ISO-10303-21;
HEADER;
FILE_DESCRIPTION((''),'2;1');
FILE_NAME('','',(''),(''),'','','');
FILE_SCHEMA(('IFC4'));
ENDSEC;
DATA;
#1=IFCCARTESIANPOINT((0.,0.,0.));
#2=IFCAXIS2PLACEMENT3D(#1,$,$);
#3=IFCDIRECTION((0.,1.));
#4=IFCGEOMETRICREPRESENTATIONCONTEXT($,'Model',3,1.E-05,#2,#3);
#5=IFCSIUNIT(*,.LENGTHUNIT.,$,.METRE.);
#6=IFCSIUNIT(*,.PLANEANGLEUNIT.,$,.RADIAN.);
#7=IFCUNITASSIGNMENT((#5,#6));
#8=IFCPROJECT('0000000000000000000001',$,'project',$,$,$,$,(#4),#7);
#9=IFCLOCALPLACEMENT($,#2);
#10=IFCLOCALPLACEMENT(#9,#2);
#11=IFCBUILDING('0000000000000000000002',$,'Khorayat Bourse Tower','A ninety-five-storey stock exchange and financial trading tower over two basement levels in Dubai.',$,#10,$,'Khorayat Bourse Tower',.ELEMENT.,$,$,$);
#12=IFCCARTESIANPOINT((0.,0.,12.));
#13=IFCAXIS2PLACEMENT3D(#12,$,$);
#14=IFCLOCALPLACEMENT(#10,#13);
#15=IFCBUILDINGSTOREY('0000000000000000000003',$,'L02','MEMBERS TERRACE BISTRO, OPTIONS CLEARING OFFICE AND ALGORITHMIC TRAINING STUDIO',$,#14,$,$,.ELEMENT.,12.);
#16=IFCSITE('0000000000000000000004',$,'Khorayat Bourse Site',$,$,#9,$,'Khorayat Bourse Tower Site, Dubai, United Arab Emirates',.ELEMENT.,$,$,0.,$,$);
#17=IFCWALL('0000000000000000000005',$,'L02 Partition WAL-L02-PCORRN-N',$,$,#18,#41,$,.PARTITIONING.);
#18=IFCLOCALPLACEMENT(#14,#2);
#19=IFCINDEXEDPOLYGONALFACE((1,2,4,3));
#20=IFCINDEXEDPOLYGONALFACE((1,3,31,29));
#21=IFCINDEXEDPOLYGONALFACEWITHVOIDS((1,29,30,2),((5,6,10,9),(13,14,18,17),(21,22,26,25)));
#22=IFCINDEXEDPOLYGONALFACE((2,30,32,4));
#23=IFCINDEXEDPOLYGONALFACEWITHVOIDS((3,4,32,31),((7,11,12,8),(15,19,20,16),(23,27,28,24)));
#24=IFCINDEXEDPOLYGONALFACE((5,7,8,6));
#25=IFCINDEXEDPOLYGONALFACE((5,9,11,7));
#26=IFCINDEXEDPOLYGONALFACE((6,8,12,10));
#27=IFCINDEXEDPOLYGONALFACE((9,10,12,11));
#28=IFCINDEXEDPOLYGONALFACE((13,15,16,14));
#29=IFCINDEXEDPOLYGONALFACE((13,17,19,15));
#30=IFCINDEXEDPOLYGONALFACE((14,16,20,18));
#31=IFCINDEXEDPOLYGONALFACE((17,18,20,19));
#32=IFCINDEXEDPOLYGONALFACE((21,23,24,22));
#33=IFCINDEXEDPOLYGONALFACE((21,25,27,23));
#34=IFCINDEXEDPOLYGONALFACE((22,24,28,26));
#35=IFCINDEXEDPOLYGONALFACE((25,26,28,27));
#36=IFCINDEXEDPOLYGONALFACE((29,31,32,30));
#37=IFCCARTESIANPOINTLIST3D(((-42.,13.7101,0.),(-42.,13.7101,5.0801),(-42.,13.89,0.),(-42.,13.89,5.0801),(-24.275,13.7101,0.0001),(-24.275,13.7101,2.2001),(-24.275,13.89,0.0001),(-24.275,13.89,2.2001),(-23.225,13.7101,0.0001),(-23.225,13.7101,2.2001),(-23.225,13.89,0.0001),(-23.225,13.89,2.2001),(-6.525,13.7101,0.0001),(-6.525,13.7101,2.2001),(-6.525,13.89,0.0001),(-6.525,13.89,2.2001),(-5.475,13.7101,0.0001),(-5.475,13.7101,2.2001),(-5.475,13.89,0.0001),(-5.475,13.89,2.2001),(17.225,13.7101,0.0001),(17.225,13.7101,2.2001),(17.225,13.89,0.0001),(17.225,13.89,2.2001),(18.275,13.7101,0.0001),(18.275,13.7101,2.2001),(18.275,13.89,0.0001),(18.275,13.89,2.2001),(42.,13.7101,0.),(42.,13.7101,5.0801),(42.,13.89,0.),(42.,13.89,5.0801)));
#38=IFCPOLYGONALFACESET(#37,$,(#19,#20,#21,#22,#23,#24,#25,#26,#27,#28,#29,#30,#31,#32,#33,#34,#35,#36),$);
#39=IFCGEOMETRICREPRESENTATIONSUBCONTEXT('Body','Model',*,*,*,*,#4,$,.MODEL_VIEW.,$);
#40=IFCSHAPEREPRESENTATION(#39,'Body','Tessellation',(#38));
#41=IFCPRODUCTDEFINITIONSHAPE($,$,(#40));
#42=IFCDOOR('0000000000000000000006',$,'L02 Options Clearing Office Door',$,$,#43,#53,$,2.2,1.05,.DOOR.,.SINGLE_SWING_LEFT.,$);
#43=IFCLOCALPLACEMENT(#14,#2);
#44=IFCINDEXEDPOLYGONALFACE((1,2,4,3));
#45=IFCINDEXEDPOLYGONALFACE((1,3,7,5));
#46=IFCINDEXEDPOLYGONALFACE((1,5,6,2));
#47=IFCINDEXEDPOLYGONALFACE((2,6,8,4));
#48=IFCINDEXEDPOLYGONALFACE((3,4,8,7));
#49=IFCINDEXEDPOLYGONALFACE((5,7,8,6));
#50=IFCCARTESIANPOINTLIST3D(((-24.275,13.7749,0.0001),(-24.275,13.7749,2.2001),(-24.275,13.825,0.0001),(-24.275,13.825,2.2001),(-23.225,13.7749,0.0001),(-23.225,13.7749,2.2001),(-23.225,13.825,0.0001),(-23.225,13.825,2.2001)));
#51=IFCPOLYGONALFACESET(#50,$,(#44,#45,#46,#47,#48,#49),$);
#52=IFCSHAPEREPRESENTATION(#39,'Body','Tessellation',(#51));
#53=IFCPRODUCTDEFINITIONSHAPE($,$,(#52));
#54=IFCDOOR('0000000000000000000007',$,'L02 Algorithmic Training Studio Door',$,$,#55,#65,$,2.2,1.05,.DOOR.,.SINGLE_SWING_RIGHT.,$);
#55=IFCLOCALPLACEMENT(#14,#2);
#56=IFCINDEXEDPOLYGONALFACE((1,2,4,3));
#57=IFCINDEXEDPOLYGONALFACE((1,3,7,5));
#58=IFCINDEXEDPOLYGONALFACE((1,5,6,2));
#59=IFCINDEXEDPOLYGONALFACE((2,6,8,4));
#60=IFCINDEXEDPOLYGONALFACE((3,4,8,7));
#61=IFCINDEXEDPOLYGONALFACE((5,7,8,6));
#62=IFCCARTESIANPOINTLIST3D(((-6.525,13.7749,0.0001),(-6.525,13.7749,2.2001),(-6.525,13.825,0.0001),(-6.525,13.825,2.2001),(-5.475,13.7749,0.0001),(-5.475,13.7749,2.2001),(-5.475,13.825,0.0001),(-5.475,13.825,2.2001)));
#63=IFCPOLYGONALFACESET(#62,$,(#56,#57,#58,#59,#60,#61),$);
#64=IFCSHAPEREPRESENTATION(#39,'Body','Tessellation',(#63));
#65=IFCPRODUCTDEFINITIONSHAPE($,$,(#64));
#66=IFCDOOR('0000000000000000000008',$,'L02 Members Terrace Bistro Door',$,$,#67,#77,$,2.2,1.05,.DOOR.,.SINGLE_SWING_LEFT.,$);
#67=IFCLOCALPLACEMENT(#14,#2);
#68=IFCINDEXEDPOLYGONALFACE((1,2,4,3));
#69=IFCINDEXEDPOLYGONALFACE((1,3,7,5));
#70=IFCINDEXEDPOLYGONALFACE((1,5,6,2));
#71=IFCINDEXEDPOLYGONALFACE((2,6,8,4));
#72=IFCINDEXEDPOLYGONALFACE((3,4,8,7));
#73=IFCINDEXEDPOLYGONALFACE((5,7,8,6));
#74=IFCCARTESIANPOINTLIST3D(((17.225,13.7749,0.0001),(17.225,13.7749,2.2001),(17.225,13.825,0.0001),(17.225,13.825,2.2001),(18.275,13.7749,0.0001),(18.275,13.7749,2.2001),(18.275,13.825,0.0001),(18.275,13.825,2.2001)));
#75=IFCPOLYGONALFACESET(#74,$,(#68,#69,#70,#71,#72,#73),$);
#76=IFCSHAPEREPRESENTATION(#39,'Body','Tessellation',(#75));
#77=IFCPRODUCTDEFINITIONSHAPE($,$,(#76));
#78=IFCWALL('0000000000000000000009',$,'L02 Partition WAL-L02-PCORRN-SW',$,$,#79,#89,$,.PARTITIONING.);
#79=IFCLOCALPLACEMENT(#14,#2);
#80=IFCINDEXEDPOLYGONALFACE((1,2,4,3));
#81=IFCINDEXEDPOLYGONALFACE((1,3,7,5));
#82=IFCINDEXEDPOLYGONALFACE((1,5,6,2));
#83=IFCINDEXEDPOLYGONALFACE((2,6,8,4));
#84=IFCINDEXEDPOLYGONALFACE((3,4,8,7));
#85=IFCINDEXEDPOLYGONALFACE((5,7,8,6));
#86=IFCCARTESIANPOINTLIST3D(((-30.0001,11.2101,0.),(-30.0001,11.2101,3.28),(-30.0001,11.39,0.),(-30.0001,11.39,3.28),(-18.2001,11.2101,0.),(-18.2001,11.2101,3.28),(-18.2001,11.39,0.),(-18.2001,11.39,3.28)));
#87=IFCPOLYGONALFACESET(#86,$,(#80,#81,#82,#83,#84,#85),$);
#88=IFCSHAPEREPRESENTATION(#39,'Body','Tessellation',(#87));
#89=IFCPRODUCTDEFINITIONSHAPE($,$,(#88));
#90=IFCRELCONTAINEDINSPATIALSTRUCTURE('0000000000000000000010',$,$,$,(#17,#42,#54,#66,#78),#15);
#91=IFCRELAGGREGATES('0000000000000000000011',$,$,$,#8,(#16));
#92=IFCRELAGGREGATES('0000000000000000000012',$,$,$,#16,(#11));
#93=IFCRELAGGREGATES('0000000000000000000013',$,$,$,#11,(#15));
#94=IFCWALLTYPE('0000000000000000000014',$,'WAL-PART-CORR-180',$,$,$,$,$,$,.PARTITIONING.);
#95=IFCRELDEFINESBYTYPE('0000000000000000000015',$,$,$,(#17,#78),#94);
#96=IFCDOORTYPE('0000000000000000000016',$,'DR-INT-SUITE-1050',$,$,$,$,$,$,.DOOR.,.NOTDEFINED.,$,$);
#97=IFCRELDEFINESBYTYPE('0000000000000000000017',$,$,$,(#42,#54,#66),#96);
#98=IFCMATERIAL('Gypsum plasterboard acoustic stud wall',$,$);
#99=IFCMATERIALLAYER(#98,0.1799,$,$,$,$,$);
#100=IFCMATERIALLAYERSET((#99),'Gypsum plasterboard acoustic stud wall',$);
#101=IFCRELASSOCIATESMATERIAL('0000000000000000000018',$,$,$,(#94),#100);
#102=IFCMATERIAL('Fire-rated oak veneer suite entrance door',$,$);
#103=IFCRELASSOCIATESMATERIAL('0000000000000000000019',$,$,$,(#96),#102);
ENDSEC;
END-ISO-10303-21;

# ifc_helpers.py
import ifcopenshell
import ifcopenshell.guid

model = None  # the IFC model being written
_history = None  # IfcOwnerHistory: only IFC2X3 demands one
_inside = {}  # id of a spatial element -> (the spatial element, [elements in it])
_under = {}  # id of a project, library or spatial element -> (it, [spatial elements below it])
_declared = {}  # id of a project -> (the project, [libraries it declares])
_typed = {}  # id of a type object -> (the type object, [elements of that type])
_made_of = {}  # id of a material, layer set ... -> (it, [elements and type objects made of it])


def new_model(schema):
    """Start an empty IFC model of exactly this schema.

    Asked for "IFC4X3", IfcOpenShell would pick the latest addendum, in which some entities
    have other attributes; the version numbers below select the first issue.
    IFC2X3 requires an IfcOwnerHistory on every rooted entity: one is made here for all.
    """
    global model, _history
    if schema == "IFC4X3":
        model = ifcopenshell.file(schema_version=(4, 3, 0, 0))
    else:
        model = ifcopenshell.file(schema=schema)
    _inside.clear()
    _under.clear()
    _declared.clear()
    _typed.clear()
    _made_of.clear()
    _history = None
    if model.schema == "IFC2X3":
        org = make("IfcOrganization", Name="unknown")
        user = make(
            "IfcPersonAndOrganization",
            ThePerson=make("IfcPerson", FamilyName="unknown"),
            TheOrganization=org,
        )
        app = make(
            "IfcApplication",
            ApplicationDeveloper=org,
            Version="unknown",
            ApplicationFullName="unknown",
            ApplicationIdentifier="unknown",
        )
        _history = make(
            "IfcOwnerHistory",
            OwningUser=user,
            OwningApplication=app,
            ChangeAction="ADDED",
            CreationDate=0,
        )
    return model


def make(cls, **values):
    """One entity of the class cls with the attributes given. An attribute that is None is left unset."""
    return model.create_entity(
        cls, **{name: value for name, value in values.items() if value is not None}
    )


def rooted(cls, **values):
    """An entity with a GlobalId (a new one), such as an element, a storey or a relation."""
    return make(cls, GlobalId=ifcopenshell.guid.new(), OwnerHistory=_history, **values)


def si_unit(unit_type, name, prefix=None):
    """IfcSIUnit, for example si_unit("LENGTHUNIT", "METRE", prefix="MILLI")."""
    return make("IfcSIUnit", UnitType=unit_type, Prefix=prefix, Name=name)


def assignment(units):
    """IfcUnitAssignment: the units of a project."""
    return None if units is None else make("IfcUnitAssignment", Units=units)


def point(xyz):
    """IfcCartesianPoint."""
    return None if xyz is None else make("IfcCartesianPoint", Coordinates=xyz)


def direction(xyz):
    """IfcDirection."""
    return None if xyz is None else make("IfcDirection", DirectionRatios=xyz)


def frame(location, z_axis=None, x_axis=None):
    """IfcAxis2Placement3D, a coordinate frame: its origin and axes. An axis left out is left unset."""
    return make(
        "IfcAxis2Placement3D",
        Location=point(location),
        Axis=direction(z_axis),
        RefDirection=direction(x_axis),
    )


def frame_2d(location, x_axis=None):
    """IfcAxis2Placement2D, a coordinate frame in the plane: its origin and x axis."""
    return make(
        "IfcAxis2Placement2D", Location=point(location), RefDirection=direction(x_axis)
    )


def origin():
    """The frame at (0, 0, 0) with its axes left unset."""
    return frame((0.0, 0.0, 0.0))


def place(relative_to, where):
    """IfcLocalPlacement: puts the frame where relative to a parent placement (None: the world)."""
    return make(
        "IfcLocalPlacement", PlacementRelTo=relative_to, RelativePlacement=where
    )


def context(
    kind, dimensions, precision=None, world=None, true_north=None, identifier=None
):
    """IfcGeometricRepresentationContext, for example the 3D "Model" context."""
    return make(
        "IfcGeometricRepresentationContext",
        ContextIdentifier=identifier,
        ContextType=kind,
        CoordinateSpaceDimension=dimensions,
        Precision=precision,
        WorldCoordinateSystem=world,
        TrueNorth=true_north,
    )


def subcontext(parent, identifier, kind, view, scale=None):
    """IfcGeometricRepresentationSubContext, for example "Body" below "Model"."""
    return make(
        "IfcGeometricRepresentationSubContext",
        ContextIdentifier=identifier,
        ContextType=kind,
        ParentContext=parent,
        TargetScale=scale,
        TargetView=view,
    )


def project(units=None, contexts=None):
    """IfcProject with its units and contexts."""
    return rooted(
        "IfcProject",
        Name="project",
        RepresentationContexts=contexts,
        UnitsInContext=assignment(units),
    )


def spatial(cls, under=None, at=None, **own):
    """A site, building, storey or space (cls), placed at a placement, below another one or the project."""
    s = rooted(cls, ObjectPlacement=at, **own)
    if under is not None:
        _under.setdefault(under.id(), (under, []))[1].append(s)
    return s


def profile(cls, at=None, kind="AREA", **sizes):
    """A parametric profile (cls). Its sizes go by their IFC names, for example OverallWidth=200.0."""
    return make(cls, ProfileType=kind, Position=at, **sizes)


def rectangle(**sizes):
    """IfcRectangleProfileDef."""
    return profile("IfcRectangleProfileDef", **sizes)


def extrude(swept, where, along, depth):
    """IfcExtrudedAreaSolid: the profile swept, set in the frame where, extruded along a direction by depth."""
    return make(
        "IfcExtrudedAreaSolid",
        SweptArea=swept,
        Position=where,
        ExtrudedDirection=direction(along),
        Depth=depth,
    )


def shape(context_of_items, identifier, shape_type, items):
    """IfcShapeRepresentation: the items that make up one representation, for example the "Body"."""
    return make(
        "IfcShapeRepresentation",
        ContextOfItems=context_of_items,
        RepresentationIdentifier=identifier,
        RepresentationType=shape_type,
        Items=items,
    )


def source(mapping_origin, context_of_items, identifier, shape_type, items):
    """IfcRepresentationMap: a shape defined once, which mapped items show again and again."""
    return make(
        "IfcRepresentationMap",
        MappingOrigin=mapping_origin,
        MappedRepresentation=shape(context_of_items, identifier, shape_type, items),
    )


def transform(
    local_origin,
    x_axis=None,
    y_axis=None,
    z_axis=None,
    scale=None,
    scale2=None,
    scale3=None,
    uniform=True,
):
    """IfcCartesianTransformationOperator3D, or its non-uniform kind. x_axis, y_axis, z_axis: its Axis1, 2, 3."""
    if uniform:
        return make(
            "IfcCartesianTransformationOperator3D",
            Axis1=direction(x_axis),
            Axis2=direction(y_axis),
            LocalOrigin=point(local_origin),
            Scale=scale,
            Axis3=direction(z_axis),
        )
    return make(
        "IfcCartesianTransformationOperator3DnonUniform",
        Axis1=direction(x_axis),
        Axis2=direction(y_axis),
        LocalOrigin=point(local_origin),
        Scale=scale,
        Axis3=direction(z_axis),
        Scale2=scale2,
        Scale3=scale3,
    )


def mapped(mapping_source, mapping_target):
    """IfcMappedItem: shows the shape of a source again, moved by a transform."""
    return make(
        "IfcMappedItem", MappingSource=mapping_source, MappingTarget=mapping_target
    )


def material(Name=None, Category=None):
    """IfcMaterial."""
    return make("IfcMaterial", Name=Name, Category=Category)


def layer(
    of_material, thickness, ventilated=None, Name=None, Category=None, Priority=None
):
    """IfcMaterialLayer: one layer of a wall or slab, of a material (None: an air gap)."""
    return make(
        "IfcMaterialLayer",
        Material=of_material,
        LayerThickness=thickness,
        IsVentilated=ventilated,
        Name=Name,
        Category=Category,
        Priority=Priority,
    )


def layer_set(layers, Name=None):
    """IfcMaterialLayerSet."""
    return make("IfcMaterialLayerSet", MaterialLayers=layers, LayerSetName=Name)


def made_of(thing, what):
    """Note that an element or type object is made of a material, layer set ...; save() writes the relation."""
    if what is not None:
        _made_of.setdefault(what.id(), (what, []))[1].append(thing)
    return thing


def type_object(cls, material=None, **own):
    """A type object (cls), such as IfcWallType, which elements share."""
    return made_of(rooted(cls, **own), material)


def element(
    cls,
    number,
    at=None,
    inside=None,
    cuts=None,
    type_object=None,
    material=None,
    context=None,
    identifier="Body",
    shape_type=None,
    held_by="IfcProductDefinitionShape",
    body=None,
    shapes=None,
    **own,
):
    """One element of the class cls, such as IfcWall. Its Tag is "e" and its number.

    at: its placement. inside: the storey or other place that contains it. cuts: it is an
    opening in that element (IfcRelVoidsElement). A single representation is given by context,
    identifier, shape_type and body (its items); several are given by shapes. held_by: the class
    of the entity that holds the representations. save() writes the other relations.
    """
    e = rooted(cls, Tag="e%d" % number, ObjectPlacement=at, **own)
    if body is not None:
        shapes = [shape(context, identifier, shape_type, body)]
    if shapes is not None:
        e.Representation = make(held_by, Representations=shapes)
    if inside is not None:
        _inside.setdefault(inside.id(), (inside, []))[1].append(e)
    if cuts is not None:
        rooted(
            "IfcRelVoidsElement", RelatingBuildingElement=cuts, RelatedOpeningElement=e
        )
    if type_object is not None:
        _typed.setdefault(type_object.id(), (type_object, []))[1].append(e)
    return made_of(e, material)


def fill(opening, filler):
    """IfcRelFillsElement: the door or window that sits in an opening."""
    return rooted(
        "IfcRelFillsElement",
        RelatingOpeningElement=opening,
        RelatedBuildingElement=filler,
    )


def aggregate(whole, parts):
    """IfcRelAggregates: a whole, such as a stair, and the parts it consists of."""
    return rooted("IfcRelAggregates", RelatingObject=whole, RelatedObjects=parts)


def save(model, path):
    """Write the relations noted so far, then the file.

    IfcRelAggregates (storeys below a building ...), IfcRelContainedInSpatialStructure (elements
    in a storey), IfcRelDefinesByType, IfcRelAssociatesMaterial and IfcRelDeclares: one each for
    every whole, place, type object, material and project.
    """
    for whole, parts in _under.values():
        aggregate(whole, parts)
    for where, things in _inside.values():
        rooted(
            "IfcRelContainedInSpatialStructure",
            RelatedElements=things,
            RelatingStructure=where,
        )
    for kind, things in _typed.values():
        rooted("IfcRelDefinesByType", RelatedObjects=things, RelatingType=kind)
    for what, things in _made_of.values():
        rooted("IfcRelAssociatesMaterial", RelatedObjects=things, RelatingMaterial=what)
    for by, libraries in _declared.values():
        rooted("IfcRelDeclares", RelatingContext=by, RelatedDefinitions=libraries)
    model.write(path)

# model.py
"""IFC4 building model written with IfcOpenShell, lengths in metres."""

from ifc_helpers import new_model, si_unit, direction, frame, frame_2d, origin, place, context, subcontext, project, spatial, rectangle, extrude, source, transform, mapped, material, layer, layer_set, type_object, element, fill, save


model = new_model("IFC4")

# Units and contexts
model_context = context("Model", 3, precision=1e-05, world=origin(), true_north=direction((0.0, 1.0)))
body_context = subcontext(model_context, "Body", "Model", "MODEL_VIEW")
ifc_project = project(units=[si_unit("LENGTHUNIT", "METRE"), si_unit("PLANEANGLEUNIT", "RADIAN")], contexts=[model_context])

# Site, building, storey
site_placement = place(None, origin())
site = spatial("IfcSite", under=ifc_project, at=site_placement, Name="Khorayat Bourse Site", LongName="Khorayat Bourse Tower Site, Dubai, United Arab Emirates", CompositionType="ELEMENT", RefElevation=0.0)
building_placement = place(site_placement, origin())
building = spatial("IfcBuilding", under=site, at=building_placement, Name="Khorayat Bourse Tower", Description="A ninety-five-storey stock exchange and financial trading tower over two basement levels in Dubai.", LongName="Khorayat Bourse Tower", CompositionType="ELEMENT")
storey_placement = place(building_placement, frame((0.0, 0.0, 12.0)))
storey = spatial("IfcBuildingStorey", under=building, at=storey_placement, Name="L02", Description="MEMBERS TERRACE BISTRO, OPTIONS CLEARING OFFICE AND ALGORITHMIC TRAINING STUDIO", CompositionType="ELEMENT", Elevation=12.0)

# Wall, openings, doors
ifc_material_1 = material(Name="Gypsum plasterboard acoustic stud wall")
ifc_layer_1 = layer(ifc_material_1, 0.1799)
ifc_layer_set_1 = layer_set([ifc_layer_1], Name="Gypsum plasterboard acoustic stud wall")
wall_type_1 = type_object("IfcWallType", Name="WAL-PART-CORR-180", PredefinedType="PARTITIONING", material=ifc_layer_set_1)
shared_shape_1 = source(origin(), body_context, "Body", "SweptSolid", [
    extrude(rectangle(XDim=84.0, YDim=0.1799, at=frame_2d((42.0, 0.0))), origin(), (0.0, 0.0, 1.0), 5.0801),
])
wall_1_placement = place(storey_placement, frame((-42.0, 13.8, 0.0), z_axis=(0.0, 0.0, 1.0), x_axis=(1.0, 0.0, 0.0)))
wall_1 = element("IfcWall", 1, at=wall_1_placement, inside=storey, type_object=wall_type_1, Name="L02 Partition WAL-L02-PCORRN-N", PredefinedType="PARTITIONING", context=body_context, shape_type="MappedRepresentation", body=[
    mapped(shared_shape_1, transform((0.0, 0.0, 0.0), scale=1.0)),
])
shared_shape_2 = source(origin(), body_context, "Body", "SweptSolid", [
    extrude(rectangle(XDim=1.05, YDim=2.2, at=frame_2d((0.5249, 1.1001))), frame((0.0, 0.0999, 0.0), z_axis=(0.0, -1.0, 0.0), x_axis=(1.0, 0.0, 0.0)), (0.0, 0.0, 1.0), 0.2),
])
opening_1_placement = place(wall_1_placement, frame((17.7251, 0.0, 0.0)))
opening_1 = element("IfcOpeningElement", 2, at=opening_1_placement, cuts=wall_1, PredefinedType="OPENING", context=body_context, shape_type="MappedRepresentation", body=[
    mapped(shared_shape_2, transform((0.0, 0.0, 0.0), scale=1.0)),
])
opening_2_placement = place(wall_1_placement, frame((35.4751, 0.0, 0.0)))
opening_2 = element("IfcOpeningElement", 3, at=opening_2_placement, cuts=wall_1, PredefinedType="OPENING", context=body_context, shape_type="MappedRepresentation", body=[
    mapped(shared_shape_2, transform((0.0, 0.0, 0.0), scale=1.0)),
])
opening_3_placement = place(wall_1_placement, frame((59.2251, 0.0, 0.0)))
opening_3 = element("IfcOpeningElement", 4, at=opening_3_placement, cuts=wall_1, PredefinedType="OPENING", context=body_context, shape_type="MappedRepresentation", body=[
    mapped(shared_shape_2, transform((0.0, 0.0, 0.0), scale=1.0)),
])
ifc_material_2 = material(Name="Fire-rated oak veneer suite entrance door")
door_type_1 = type_object("IfcDoorType", Name="DR-INT-SUITE-1050", OperationType="NOTDEFINED", PredefinedType="DOOR", material=ifc_material_2)
shared_shape_3 = source(origin(), body_context, "Body", "SweptSolid", [
    extrude(rectangle(XDim=1.05, YDim=2.2, at=frame_2d((0.5249, 1.1001))), frame((0.0, 0.0249, 0.0), z_axis=(0.0, -1.0, 0.0), x_axis=(1.0, 0.0, 0.0)), (0.0, 0.0, 1.0), 0.05),
])
door_1_placement = place(opening_1_placement, origin())
door_1 = element("IfcDoor", 5, at=door_1_placement, inside=storey, type_object=door_type_1, Name="L02 Options Clearing Office Door", OperationType="SINGLE_SWING_LEFT", OverallHeight=2.2, OverallWidth=1.05, PredefinedType="DOOR", context=body_context, shape_type="MappedRepresentation", body=[
    mapped(shared_shape_3, transform((0.0, 0.0, 0.0), scale=1.0)),
])
fill(opening_1, door_1)
door_2_placement = place(opening_2_placement, origin())
door_2 = element("IfcDoor", 6, at=door_2_placement, inside=storey, type_object=door_type_1, Name="L02 Algorithmic Training Studio Door", OperationType="SINGLE_SWING_RIGHT", OverallHeight=2.2, OverallWidth=1.05, PredefinedType="DOOR", context=body_context, shape_type="MappedRepresentation", body=[
    mapped(shared_shape_3, transform((0.0, 0.0, 0.0), scale=1.0)),
])
fill(opening_2, door_2)
door_3_placement = place(opening_3_placement, origin())
door_3 = element("IfcDoor", 7, at=door_3_placement, inside=storey, type_object=door_type_1, Name="L02 Members Terrace Bistro Door", OperationType="SINGLE_SWING_LEFT", OverallHeight=2.2, OverallWidth=1.05, PredefinedType="DOOR", context=body_context, shape_type="MappedRepresentation", body=[
    mapped(shared_shape_3, transform((0.0, 0.0, 0.0), scale=1.0)),
])
fill(opening_3, door_3)

# Wall
shared_shape_4 = source(origin(), body_context, "Body", "SweptSolid", [
    extrude(rectangle(XDim=11.8, YDim=0.1799, at=frame_2d((5.8999, 0.0))), origin(), (0.0, 0.0, 1.0), 3.28),
])
wall_2_placement = place(storey_placement, frame((-30.0, 11.3, 0.0), z_axis=(0.0, 0.0, 1.0), x_axis=(1.0, 0.0, 0.0)))
element("IfcWall", 8, at=wall_2_placement, inside=storey, type_object=wall_type_1, Name="L02 Partition WAL-L02-PCORRN-SW", PredefinedType="PARTITIONING", context=body_context, shape_type="MappedRepresentation", body=[
    mapped(shared_shape_4, transform((0.0, 0.0, 0.0), scale=1.0)),
])

save(model, "model.ifc")
